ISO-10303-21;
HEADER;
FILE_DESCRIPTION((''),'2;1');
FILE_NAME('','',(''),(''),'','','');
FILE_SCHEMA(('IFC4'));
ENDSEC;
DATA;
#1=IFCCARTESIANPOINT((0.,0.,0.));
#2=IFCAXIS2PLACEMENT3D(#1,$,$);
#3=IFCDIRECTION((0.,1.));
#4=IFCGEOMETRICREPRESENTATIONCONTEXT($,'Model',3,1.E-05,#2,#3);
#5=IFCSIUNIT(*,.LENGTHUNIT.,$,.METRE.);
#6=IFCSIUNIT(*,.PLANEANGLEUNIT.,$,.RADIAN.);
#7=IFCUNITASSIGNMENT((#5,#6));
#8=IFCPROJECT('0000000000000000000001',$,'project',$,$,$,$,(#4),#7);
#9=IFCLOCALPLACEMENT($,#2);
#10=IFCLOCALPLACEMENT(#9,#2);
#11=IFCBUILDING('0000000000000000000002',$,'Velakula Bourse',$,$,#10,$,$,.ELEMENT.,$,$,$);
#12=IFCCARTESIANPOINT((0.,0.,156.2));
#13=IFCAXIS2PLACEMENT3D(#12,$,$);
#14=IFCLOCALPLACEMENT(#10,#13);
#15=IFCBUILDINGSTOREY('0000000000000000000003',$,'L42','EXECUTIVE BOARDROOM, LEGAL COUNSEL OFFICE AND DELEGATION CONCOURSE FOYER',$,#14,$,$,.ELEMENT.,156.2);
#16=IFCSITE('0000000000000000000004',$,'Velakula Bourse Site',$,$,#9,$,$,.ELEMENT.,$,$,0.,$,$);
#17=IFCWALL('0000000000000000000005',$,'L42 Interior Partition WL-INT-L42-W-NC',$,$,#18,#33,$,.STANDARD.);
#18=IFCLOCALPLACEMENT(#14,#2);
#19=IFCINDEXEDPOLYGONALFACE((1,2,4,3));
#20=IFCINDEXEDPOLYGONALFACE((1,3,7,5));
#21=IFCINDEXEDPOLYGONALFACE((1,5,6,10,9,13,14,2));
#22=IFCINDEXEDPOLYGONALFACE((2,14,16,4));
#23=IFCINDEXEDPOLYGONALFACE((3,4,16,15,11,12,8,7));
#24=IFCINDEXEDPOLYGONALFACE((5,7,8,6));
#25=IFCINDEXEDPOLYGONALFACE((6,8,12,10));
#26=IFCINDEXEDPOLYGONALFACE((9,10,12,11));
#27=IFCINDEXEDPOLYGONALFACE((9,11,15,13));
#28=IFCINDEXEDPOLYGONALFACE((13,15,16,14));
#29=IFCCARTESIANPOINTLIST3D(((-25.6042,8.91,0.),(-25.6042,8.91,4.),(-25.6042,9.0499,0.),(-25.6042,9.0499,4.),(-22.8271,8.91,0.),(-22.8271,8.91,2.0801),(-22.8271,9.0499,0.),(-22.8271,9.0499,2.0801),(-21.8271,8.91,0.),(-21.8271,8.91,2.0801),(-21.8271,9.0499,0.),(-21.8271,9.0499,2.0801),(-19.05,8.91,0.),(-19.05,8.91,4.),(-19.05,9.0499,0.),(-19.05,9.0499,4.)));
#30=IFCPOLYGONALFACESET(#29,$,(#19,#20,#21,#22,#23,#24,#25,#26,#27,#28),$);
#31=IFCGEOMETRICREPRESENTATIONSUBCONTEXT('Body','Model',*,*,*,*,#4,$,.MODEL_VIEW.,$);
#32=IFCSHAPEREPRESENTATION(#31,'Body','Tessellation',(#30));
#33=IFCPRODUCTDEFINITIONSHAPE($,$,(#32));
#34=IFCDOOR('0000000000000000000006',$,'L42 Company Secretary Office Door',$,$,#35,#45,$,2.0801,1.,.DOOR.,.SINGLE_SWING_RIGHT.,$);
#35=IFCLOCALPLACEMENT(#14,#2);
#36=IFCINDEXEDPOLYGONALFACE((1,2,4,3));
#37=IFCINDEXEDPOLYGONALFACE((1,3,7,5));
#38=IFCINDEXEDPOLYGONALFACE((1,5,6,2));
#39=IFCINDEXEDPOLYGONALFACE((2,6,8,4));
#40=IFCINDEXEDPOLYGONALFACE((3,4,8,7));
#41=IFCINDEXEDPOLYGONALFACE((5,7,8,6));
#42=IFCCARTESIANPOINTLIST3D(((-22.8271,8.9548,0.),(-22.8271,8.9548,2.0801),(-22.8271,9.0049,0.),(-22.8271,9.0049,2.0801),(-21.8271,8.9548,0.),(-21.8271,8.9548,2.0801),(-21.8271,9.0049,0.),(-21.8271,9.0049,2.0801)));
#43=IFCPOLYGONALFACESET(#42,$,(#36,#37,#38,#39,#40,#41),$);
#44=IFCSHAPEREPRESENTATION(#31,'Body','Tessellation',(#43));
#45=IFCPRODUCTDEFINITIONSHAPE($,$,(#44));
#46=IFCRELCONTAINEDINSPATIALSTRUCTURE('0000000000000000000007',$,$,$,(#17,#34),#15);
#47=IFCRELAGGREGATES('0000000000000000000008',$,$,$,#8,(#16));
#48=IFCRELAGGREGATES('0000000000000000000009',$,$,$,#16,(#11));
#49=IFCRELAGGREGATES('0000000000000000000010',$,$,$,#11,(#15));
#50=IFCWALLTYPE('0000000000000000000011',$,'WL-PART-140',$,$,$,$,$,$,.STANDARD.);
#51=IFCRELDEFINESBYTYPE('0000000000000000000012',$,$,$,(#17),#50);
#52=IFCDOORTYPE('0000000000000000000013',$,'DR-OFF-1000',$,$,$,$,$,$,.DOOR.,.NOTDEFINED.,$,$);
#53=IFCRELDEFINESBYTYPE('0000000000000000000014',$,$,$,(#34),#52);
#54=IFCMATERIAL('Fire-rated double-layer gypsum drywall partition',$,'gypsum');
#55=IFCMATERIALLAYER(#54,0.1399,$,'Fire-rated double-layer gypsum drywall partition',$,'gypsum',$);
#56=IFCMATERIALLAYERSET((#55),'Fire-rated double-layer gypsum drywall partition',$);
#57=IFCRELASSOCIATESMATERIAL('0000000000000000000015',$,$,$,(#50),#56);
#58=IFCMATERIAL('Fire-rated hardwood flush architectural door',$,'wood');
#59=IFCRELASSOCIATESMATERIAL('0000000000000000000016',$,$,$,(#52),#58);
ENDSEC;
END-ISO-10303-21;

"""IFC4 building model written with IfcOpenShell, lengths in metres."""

from ifc_helpers import new_model, si_unit, direction, frame, frame_2d, origin, place, context, subcontext, project, spatial, rectangle, extrude, material, layer, layer_set, type_object, element, fill, save


model = new_model("IFC4")

# Units and contexts
model_context = context("Model", 3, precision=1e-05, world=origin(), true_north=direction((0.0, 1.0)))
body_context = subcontext(model_context, "Body", "Model", "MODEL_VIEW")
ifc_project = project(units=[si_unit("LENGTHUNIT", "METRE"), si_unit("PLANEANGLEUNIT", "RADIAN")], contexts=[model_context])

# Site, building, storey
site_placement = place(None, origin())
site = spatial("IfcSite", under=ifc_project, at=site_placement, Name="Velakula Bourse Site", CompositionType="ELEMENT", RefElevation=0.0)
building_placement = place(site_placement, origin())
building = spatial("IfcBuilding", under=site, at=building_placement, Name="Velakula Bourse", CompositionType="ELEMENT")
storey_placement = place(building_placement, frame((0.0, 0.0, 156.2)))
storey = spatial("IfcBuildingStorey", under=building, at=storey_placement, Name="L42", Description="EXECUTIVE BOARDROOM, LEGAL COUNSEL OFFICE AND DELEGATION CONCOURSE FOYER", CompositionType="ELEMENT", Elevation=156.2)

# Shared definitions
ifc_material_1 = material(Name="Fire-rated hardwood flush architectural door", Category="wood")

# Shared definitions
ifc_material_2 = material(Name="Fire-rated double-layer gypsum drywall partition", Category="gypsum")

# Shared definitions
ifc_layer_1 = layer(ifc_material_2, 0.1399, Name="Fire-rated double-layer gypsum drywall partition", Category="gypsum")
ifc_layer_set_1 = layer_set([ifc_layer_1], Name="Fire-rated double-layer gypsum drywall partition")
wall_type_1 = type_object("IfcWallType", Name="WL-PART-140", PredefinedType="STANDARD", material=ifc_layer_set_1)
door_type_1 = type_object("IfcDoorType", Name="DR-OFF-1000", OperationType="NOTDEFINED", PredefinedType="DOOR", material=ifc_material_1)

# Wall, opening, door
wall_1_placement = place(storey_placement, frame((-25.6042, 8.98, 0.0), z_axis=(0.0, 0.0, 1.0), x_axis=(1.0, 0.0, 0.0)))
wall_1 = element("IfcWall", 1, at=wall_1_placement, inside=storey, type_object=wall_type_1, Name="L42 Interior Partition WL-INT-L42-W-NC", PredefinedType="STANDARD", context=body_context, shape_type="SweptSolid", body=[
    extrude(rectangle(XDim=6.5542, YDim=0.1399, at=frame_2d((3.2771, 0.0))), origin(), (0.0, 0.0, 1.0), 4.0),
])
opening_1_placement = place(wall_1_placement, frame((2.7771, 0.0, 0.0)))
opening_1 = element("IfcOpeningElement", 2, at=opening_1_placement, cuts=wall_1, PredefinedType="OPENING", context=body_context, shape_type="SweptSolid", body=[
    extrude(rectangle(XDim=1.0, YDim=2.0801, at=frame_2d((0.5, 1.04))), frame((0.0, 0.0798, 0.0), z_axis=(0.0, -1.0, 0.0), x_axis=(1.0, 0.0, 0.0)), (0.0, 0.0, 1.0), 0.1599),
])
door_1_placement = place(opening_1_placement, origin())
door_1 = element("IfcDoor", 3, at=door_1_placement, inside=storey, type_object=door_type_1, Name="L42 Company Secretary Office Door", OperationType="SINGLE_SWING_RIGHT", OverallHeight=2.0801, OverallWidth=1.0, PredefinedType="DOOR", context=body_context, shape_type="SweptSolid", body=[
    extrude(rectangle(XDim=1.0, YDim=2.0801, at=frame_2d((0.5, 1.04))), frame((0.0, 0.0249, 0.0), z_axis=(0.0, -1.0, 0.0), x_axis=(1.0, 0.0, 0.0)), (0.0, 0.0, 1.0), 0.05),
])
fill(opening_1, door_1)

save(model, "model.ifc")
